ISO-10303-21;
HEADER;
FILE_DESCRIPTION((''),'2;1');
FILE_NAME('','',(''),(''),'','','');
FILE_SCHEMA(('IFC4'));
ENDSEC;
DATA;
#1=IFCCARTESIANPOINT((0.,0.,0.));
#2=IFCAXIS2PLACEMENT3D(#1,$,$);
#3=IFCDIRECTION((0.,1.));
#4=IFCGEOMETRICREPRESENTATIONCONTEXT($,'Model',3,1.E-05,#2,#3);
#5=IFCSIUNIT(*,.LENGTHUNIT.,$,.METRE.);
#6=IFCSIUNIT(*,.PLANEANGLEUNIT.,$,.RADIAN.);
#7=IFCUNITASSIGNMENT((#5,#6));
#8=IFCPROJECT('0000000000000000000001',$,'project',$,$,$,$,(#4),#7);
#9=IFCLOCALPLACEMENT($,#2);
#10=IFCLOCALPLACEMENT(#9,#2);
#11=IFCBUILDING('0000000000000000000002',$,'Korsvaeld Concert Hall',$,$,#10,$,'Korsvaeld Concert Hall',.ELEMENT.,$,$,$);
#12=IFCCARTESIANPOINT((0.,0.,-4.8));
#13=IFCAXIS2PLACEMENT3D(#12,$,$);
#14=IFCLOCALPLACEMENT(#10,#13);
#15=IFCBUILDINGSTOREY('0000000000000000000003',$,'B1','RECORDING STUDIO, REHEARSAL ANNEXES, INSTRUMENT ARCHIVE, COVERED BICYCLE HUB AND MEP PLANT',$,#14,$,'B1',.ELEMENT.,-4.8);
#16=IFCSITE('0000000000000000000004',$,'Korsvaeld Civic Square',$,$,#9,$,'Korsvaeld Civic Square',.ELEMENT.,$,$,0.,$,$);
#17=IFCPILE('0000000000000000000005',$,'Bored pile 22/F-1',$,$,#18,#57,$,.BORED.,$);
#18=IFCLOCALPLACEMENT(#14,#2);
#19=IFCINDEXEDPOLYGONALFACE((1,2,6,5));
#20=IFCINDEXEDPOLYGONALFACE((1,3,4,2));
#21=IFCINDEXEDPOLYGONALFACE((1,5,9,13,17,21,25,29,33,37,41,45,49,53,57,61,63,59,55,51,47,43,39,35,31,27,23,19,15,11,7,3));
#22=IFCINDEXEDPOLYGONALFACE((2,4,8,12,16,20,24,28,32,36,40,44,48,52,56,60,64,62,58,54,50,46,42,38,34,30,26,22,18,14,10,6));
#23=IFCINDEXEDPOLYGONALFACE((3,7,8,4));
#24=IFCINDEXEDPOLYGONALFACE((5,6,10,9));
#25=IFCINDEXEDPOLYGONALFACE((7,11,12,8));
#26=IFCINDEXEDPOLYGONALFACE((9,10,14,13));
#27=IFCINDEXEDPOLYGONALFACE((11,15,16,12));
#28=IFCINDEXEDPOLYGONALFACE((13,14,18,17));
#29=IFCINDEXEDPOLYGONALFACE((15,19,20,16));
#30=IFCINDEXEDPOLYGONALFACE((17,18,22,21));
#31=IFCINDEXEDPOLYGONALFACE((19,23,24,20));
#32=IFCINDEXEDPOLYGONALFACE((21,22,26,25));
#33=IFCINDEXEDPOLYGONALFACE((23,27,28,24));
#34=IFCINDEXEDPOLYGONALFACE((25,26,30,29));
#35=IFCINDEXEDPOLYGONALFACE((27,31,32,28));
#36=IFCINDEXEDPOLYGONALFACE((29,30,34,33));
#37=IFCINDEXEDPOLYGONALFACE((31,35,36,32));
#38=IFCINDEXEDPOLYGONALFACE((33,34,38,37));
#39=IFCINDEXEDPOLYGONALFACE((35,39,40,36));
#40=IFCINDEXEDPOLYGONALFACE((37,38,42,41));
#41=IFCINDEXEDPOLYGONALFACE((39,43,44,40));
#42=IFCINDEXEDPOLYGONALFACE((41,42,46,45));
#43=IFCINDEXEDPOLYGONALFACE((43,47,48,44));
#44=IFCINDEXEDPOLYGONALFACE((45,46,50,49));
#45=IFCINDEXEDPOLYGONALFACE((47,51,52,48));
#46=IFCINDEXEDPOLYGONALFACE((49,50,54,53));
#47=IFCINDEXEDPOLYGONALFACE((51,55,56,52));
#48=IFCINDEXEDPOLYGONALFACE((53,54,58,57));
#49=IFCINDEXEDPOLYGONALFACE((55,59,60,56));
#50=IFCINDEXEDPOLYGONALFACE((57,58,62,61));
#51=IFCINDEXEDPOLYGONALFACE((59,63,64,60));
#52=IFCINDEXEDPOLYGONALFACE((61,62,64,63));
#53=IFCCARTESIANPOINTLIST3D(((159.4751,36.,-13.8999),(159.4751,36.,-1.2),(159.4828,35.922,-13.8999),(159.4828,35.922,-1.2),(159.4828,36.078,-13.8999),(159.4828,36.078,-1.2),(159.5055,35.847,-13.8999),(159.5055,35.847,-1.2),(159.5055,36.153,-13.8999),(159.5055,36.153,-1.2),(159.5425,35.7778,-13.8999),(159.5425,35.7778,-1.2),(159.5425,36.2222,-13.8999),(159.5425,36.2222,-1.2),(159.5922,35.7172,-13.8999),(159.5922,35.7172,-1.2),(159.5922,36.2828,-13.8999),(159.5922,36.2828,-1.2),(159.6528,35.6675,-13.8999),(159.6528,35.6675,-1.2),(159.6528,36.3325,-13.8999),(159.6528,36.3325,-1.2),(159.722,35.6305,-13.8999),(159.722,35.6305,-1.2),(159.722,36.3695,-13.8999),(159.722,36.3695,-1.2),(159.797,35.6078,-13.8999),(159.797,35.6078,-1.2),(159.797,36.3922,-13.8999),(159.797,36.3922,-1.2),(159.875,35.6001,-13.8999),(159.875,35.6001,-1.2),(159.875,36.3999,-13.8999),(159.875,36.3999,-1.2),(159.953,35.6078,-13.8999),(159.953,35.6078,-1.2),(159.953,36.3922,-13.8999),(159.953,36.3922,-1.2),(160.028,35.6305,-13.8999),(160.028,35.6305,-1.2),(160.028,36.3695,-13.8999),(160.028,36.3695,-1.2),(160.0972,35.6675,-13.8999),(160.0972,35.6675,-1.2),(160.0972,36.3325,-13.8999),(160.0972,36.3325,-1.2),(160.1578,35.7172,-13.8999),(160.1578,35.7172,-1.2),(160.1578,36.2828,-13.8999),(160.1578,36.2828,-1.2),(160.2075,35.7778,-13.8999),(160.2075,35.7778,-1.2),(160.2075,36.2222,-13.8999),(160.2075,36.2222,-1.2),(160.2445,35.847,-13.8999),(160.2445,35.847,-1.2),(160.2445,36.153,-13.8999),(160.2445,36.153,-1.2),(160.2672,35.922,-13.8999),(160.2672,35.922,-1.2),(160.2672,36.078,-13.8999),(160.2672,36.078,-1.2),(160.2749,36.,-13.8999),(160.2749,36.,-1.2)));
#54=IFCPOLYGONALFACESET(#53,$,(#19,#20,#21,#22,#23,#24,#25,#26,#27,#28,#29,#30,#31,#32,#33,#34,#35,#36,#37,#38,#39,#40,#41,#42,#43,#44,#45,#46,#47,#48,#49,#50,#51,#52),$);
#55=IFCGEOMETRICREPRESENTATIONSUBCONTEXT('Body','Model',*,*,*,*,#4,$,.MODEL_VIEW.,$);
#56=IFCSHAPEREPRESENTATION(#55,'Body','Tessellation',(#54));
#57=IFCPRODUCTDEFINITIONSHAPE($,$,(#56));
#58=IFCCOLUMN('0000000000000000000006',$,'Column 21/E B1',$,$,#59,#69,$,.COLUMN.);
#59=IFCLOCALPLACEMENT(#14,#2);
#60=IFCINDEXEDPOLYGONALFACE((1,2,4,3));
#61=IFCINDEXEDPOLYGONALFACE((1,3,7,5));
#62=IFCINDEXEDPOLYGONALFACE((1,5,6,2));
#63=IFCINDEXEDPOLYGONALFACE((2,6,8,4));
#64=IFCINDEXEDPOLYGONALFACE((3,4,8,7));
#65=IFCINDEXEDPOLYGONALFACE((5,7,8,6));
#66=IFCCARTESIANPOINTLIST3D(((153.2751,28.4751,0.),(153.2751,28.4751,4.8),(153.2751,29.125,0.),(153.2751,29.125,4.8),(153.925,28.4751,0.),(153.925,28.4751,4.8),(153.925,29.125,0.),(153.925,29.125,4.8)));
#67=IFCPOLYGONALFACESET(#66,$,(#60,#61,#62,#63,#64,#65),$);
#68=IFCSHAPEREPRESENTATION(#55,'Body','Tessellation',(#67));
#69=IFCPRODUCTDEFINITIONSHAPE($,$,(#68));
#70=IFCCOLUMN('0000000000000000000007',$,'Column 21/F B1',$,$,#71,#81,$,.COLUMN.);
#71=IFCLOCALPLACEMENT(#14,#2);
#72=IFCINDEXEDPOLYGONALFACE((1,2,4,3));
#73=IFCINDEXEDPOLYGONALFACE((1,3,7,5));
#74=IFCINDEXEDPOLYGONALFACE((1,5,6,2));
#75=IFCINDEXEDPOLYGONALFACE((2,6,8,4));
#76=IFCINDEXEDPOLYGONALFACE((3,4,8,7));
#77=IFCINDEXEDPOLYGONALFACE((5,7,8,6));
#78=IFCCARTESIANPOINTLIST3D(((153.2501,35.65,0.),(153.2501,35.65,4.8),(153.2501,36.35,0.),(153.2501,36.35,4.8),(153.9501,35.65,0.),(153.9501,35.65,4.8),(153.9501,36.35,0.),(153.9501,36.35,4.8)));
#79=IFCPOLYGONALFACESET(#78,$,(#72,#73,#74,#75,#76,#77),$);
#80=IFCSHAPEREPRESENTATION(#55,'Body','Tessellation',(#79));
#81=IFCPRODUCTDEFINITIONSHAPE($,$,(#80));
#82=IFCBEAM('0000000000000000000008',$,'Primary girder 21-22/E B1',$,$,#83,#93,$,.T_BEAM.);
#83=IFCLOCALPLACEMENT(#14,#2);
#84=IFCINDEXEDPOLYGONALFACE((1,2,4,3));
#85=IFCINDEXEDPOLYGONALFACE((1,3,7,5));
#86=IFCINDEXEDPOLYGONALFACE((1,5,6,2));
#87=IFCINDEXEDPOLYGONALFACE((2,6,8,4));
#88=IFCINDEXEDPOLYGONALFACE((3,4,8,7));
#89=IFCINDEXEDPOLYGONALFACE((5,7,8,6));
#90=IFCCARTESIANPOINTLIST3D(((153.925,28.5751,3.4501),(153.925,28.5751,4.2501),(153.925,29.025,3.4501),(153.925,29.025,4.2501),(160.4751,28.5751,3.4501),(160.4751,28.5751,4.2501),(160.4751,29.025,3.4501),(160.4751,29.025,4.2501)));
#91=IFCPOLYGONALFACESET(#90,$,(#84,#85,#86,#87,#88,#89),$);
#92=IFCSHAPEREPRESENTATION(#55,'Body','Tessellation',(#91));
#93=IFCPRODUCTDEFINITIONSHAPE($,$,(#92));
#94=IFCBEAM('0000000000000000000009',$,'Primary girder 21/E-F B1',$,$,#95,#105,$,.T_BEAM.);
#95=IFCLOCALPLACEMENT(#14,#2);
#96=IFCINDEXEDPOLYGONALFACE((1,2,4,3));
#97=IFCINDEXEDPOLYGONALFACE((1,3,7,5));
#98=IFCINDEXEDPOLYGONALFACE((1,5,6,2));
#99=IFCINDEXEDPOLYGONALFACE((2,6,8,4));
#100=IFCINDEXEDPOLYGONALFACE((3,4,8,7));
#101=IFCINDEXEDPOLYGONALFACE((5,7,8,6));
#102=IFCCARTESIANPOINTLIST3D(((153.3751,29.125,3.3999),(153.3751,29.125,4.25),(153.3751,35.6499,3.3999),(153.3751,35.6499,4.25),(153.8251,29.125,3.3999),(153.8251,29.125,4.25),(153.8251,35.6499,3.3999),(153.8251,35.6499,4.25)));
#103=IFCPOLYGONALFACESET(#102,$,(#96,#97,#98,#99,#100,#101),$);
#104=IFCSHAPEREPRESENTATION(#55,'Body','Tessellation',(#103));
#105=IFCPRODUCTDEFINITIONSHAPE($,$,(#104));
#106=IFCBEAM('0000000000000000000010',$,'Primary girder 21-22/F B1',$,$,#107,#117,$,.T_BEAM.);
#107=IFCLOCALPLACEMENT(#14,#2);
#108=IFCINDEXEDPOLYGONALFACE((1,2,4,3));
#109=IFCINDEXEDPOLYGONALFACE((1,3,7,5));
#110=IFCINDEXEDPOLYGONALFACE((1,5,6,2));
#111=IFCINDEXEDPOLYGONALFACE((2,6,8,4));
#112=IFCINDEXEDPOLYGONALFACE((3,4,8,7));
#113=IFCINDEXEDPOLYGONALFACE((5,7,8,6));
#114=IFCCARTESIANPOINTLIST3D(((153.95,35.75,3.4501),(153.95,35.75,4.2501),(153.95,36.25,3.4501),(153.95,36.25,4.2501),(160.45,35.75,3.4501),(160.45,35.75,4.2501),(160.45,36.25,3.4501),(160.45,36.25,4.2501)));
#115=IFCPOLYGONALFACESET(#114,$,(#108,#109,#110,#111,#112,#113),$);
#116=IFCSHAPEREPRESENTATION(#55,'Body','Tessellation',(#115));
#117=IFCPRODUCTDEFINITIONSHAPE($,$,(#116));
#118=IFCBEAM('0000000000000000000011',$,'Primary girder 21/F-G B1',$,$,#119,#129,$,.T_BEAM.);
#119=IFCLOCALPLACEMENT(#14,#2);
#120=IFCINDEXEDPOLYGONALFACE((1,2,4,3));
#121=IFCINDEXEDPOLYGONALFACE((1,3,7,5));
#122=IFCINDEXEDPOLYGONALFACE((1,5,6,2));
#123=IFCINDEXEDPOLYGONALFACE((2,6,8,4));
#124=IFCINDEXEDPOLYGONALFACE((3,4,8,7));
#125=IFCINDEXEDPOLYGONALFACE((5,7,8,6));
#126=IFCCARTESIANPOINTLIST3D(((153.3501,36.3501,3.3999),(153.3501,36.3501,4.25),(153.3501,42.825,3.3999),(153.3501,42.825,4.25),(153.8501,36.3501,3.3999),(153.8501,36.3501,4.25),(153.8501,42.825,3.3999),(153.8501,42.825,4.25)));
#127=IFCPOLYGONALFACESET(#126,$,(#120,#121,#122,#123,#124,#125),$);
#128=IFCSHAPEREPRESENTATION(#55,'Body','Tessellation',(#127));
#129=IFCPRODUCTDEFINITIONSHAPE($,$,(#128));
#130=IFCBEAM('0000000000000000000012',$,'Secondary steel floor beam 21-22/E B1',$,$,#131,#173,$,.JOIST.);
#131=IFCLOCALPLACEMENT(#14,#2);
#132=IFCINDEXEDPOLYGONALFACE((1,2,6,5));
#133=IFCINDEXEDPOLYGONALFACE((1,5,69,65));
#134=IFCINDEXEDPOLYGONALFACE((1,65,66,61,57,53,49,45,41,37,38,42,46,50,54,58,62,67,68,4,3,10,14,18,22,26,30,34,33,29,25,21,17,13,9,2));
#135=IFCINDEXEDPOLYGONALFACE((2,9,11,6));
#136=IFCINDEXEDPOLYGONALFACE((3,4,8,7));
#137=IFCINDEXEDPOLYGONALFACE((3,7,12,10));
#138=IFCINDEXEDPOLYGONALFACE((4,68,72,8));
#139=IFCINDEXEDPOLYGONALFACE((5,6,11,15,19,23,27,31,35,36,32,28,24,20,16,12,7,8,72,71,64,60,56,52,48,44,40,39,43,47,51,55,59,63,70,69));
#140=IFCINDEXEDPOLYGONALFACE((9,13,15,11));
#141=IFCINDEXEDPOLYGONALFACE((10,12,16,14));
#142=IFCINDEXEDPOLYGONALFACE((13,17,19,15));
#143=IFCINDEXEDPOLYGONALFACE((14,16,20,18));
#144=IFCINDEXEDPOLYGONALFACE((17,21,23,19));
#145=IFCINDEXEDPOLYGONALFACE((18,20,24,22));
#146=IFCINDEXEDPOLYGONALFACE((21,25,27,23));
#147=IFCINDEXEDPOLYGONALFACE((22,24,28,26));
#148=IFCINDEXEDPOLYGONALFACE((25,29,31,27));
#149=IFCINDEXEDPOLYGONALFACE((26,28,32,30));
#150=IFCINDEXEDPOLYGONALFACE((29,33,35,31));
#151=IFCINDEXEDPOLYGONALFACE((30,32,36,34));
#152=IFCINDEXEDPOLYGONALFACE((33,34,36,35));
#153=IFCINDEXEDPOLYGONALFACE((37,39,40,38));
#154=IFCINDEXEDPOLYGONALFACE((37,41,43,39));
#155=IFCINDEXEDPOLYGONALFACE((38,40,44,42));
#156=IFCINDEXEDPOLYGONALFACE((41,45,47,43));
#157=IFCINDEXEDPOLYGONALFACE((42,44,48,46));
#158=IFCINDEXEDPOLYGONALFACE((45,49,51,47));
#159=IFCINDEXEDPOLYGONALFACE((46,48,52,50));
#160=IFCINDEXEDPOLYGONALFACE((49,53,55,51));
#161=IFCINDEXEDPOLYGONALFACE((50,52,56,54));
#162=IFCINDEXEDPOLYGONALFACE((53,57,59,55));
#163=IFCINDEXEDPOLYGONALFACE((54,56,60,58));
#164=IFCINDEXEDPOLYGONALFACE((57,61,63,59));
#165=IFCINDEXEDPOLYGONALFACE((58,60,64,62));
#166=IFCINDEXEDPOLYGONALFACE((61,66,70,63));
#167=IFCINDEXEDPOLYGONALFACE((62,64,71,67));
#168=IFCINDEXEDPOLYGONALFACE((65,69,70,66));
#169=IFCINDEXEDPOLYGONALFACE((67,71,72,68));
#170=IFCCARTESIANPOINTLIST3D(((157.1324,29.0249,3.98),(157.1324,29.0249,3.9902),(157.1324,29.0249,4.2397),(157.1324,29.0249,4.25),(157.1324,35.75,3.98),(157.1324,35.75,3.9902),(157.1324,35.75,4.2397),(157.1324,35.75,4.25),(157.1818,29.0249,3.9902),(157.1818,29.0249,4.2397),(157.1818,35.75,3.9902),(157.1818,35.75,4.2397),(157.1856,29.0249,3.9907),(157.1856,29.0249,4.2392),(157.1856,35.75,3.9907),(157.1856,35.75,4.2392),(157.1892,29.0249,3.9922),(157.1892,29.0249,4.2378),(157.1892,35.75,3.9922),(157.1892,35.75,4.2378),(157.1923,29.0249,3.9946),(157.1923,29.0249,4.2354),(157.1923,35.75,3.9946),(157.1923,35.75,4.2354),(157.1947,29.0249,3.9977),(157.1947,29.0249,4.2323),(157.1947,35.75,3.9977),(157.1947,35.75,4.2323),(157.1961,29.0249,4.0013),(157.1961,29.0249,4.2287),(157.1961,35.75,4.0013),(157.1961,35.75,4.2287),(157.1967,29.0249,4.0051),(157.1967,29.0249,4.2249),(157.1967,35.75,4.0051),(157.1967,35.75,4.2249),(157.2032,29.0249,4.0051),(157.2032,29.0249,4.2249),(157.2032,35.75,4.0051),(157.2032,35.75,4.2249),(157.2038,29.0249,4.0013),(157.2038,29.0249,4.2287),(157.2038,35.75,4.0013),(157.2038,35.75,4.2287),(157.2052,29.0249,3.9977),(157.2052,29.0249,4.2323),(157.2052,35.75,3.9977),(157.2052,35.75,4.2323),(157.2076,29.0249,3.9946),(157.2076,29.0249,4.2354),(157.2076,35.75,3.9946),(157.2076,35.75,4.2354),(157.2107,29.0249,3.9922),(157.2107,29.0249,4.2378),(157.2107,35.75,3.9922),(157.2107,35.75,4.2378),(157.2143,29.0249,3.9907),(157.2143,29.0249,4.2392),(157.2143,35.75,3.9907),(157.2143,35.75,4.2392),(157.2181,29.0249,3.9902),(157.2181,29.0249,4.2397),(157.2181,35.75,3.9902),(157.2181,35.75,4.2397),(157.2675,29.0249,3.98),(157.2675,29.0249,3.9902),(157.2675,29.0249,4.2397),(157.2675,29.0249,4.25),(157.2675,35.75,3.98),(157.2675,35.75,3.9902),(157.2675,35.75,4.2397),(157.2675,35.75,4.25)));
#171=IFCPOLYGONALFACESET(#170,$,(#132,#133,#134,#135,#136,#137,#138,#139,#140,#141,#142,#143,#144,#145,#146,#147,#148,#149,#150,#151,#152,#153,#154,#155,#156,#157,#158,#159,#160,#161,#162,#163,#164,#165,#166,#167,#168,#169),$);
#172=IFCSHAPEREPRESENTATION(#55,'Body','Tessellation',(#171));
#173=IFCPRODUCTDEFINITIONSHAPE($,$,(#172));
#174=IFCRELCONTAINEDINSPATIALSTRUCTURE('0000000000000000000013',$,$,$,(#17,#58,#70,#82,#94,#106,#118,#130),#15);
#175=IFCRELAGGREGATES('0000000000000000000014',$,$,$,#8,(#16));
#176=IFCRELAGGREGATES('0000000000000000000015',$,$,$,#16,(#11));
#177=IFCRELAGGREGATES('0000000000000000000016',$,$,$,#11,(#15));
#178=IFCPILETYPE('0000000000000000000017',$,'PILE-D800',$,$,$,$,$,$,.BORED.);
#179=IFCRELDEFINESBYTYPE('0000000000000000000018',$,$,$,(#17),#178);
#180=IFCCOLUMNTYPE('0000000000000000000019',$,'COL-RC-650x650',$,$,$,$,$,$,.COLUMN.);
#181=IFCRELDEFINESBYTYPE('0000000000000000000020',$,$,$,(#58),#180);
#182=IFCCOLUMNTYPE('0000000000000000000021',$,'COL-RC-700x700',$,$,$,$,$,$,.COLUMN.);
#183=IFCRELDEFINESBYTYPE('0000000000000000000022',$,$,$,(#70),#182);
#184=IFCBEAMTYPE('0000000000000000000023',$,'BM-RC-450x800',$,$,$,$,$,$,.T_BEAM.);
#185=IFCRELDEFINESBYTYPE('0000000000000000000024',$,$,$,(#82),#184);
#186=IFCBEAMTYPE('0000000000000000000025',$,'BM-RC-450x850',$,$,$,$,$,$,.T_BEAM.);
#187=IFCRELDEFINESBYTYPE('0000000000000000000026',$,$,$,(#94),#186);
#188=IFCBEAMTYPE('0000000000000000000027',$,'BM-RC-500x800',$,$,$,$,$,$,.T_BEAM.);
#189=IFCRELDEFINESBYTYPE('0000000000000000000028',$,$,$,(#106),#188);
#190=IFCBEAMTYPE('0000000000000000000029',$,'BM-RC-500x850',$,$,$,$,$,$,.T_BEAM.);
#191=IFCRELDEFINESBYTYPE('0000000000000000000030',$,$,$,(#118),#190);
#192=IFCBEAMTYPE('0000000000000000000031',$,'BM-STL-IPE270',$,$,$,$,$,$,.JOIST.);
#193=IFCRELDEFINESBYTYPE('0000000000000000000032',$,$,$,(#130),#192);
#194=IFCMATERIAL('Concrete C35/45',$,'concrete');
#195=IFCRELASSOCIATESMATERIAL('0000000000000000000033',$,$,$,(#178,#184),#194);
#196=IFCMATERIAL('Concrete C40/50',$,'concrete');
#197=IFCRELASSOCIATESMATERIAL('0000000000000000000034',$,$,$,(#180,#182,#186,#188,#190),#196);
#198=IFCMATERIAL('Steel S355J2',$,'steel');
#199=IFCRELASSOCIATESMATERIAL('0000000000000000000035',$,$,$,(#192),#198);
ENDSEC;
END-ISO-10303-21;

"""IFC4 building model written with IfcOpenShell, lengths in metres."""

from ifc_helpers import new_model, si_unit, direction, frame, origin, origin_2d, place, context, subcontext, project, spatial, rectangle, circle, i_section, extrude, material, material_profile, profile_set, type_object, element, save


model = new_model("IFC4")

# Units and contexts
model_context = context("Model", 3, precision=1e-05, world=origin(), true_north=direction((0.0, 1.0)))
body_context = subcontext(model_context, "Body", "Model", "MODEL_VIEW")
ifc_project = project(units=[si_unit("LENGTHUNIT", "METRE"), si_unit("PLANEANGLEUNIT", "RADIAN")], contexts=[model_context])

# Site, building, storey
site_placement = place(None, origin())
site = spatial("IfcSite", under=ifc_project, at=site_placement, Name="Korsvaeld Civic Square", LongName="Korsvaeld Civic Square", CompositionType="ELEMENT", RefElevation=0.0)
building_placement = place(site_placement, origin())
building = spatial("IfcBuilding", under=site, at=building_placement, Name="Korsvaeld Concert Hall", LongName="Korsvaeld Concert Hall", CompositionType="ELEMENT")
storey_placement = place(building_placement, frame((0.0, 0.0, -4.8)))
storey = spatial("IfcBuildingStorey", under=building, at=storey_placement, Name="B1", Description="RECORDING STUDIO, REHEARSAL ANNEXES, INSTRUMENT ARCHIVE, COVERED BICYCLE HUB AND MEP PLANT", LongName="B1", CompositionType="ELEMENT", Elevation=-4.8)

# Shared definitions
ifc_material_1 = material(Name="Concrete C35/45", Category="concrete")

# Pile
ifc_material_profile_1 = material_profile(ifc_material_1, circle(Radius=0.3999, at=origin_2d()), Name="BORED PILE D800")
ifc_profile_set_1 = profile_set([ifc_material_profile_1], Name="Concrete C35/45")
pile_type_1 = type_object("IfcPileType", Name="PILE-D800", PredefinedType="BORED", material=ifc_profile_set_1)
for number, where, z_axis, x_axis, name in (
    (1, (159.875, 36.0, -1.2), (0.0, 0.0, -1.0), (1.0, 0.0, 0.0), "Bored pile 22/F-1"),
):
    element("IfcPile", number, at=place(storey_placement, frame(where, z_axis=z_axis, x_axis=x_axis)), inside=storey, type_object=pile_type_1, Name=name, PredefinedType="BORED", context=body_context, shape_type="SweptSolid", body=[
        extrude(circle(Radius=0.3999, at=origin_2d()), origin(), (0.0, 0.0, 1.0), 12.7),
    ])

# Columns
ifc_material_2 = material(Name="Concrete C40/50", Category="concrete")
ifc_material_profile_2 = material_profile(ifc_material_2, rectangle(XDim=0.6499, YDim=0.6499, at=origin_2d()), Name="RC 650x650")
ifc_profile_set_2 = profile_set([ifc_material_profile_2], Name="Concrete C40/50")
column_type_1 = type_object("IfcColumnType", Name="COL-RC-650x650", PredefinedType="COLUMN", material=ifc_profile_set_2)
column_1_placement = place(storey_placement, frame((153.6001, 28.8, 0.0), z_axis=(0.0, 0.0, 1.0), x_axis=(1.0, 0.0, 0.0)))
element("IfcColumn", 2, at=column_1_placement, inside=storey, type_object=column_type_1, Name="Column 21/E B1", PredefinedType="COLUMN", context=body_context, shape_type="SweptSolid", body=[
    extrude(rectangle(XDim=0.6499, YDim=0.6499, at=origin_2d()), origin(), (0.0, 0.0, 1.0), 4.8),
])
ifc_material_profile_3 = material_profile(ifc_material_2, rectangle(XDim=0.7, YDim=0.7, at=origin_2d()), Name="RC 700x700")
ifc_profile_set_3 = profile_set([ifc_material_profile_3], Name="Concrete C40/50")
column_type_2 = type_object("IfcColumnType", Name="COL-RC-700x700", PredefinedType="COLUMN", material=ifc_profile_set_3)
column_2_placement = place(storey_placement, frame((153.6001, 36.0, 0.0), z_axis=(0.0, 0.0, 1.0), x_axis=(1.0, 0.0, 0.0)))
element("IfcColumn", 3, at=column_2_placement, inside=storey, type_object=column_type_2, Name="Column 21/F B1", PredefinedType="COLUMN", context=body_context, shape_type="SweptSolid", body=[
    extrude(rectangle(XDim=0.7, YDim=0.7, at=origin_2d()), origin(), (0.0, 0.0, 1.0), 4.8),
])

# Beams
ifc_material_profile_4 = material_profile(ifc_material_1, rectangle(XDim=0.45, YDim=0.8, at=origin_2d()), Name="RC 450x800")
ifc_profile_set_4 = profile_set([ifc_material_profile_4], Name="Concrete C35/45")
beam_type_1 = type_object("IfcBeamType", Name="BM-RC-450x800", PredefinedType="T_BEAM", material=ifc_profile_set_4)
beam_1_placement = place(storey_placement, frame((153.925, 28.8, 3.8501), z_axis=(1.0, 0.0, 0.0), x_axis=(0.0, 1.0, 0.0)))
element("IfcBeam", 4, at=beam_1_placement, inside=storey, type_object=beam_type_1, Name="Primary girder 21-22/E B1", PredefinedType="T_BEAM", context=body_context, shape_type="SweptSolid", body=[
    extrude(rectangle(XDim=0.45, YDim=0.8, at=origin_2d()), origin(), (0.0, 0.0, 1.0), 6.55),
])
ifc_material_profile_5 = material_profile(ifc_material_2, rectangle(XDim=0.45, YDim=0.8501, at=origin_2d()), Name="RC 450x850")
ifc_profile_set_5 = profile_set([ifc_material_profile_5], Name="Concrete C40/50")
beam_type_2 = type_object("IfcBeamType", Name="BM-RC-450x850", PredefinedType="T_BEAM", material=ifc_profile_set_5)
beam_2_placement = place(storey_placement, frame((153.6001, 29.125, 3.825), z_axis=(0.0, 1.0, 0.0), x_axis=(-1.0, 0.0, 0.0)))
element("IfcBeam", 5, at=beam_2_placement, inside=storey, type_object=beam_type_2, Name="Primary girder 21/E-F B1", PredefinedType="T_BEAM", context=body_context, shape_type="SweptSolid", body=[
    extrude(rectangle(XDim=0.45, YDim=0.8501, at=origin_2d()), origin(), (0.0, 0.0, 1.0), 6.5249),
])
ifc_material_profile_6 = material_profile(ifc_material_2, rectangle(XDim=0.5, YDim=0.8, at=origin_2d()), Name="RC 500x800")
ifc_profile_set_6 = profile_set([ifc_material_profile_6], Name="Concrete C40/50")
beam_type_3 = type_object("IfcBeamType", Name="BM-RC-500x800", PredefinedType="T_BEAM", material=ifc_profile_set_6)
beam_3_placement = place(storey_placement, frame((153.95, 36.0, 3.8501), z_axis=(1.0, 0.0, 0.0), x_axis=(0.0, 1.0, 0.0)))
element("IfcBeam", 6, at=beam_3_placement, inside=storey, type_object=beam_type_3, Name="Primary girder 21-22/F B1", PredefinedType="T_BEAM", context=body_context, shape_type="SweptSolid", body=[
    extrude(rectangle(XDim=0.5, YDim=0.8, at=origin_2d()), origin(), (0.0, 0.0, 1.0), 6.5),
])
ifc_material_profile_7 = material_profile(ifc_material_2, rectangle(XDim=0.5, YDim=0.8501, at=origin_2d()), Name="RC 500x850")
ifc_profile_set_7 = profile_set([ifc_material_profile_7], Name="Concrete C40/50")
beam_type_4 = type_object("IfcBeamType", Name="BM-RC-500x850", PredefinedType="T_BEAM", material=ifc_profile_set_7)
beam_4_placement = place(storey_placement, frame((153.6001, 36.3501, 3.825), z_axis=(0.0, 1.0, 0.0), x_axis=(-1.0, 0.0, 0.0)))
element("IfcBeam", 7, at=beam_4_placement, inside=storey, type_object=beam_type_4, Name="Primary girder 21/F-G B1", PredefinedType="T_BEAM", context=body_context, shape_type="SweptSolid", body=[
    extrude(rectangle(XDim=0.5, YDim=0.8501, at=origin_2d()), origin(), (0.0, 0.0, 1.0), 6.4749),
])
ifc_material_3 = material(Name="Steel S355J2", Category="steel")
ifc_material_profile_8 = material_profile(ifc_material_3, i_section(OverallWidth=0.135, OverallDepth=0.27, WebThickness=0.0066, FlangeThickness=0.0103, FilletRadius=0.0149, at=origin_2d()), Name="IPE 270")
ifc_profile_set_8 = profile_set([ifc_material_profile_8], Name="Steel S355J2")
beam_type_5 = type_object("IfcBeamType", Name="BM-STL-IPE270", PredefinedType="JOIST", material=ifc_profile_set_8)
beam_5_placement = place(storey_placement, frame((157.2, 29.0249, 4.115), z_axis=(0.0, 1.0, 0.0), x_axis=(-1.0, 0.0, 0.0)))
element("IfcBeam", 8, at=beam_5_placement, inside=storey, type_object=beam_type_5, Name="Secondary steel floor beam 21-22/E B1", PredefinedType="JOIST", context=body_context, shape_type="SweptSolid", body=[
    extrude(i_section(OverallWidth=0.135, OverallDepth=0.27, WebThickness=0.0066, FlangeThickness=0.0103, FilletRadius=0.0149, at=origin_2d()), origin(), (0.0, 0.0, 1.0), 6.7251),
])

save(model, "model.ifc")
